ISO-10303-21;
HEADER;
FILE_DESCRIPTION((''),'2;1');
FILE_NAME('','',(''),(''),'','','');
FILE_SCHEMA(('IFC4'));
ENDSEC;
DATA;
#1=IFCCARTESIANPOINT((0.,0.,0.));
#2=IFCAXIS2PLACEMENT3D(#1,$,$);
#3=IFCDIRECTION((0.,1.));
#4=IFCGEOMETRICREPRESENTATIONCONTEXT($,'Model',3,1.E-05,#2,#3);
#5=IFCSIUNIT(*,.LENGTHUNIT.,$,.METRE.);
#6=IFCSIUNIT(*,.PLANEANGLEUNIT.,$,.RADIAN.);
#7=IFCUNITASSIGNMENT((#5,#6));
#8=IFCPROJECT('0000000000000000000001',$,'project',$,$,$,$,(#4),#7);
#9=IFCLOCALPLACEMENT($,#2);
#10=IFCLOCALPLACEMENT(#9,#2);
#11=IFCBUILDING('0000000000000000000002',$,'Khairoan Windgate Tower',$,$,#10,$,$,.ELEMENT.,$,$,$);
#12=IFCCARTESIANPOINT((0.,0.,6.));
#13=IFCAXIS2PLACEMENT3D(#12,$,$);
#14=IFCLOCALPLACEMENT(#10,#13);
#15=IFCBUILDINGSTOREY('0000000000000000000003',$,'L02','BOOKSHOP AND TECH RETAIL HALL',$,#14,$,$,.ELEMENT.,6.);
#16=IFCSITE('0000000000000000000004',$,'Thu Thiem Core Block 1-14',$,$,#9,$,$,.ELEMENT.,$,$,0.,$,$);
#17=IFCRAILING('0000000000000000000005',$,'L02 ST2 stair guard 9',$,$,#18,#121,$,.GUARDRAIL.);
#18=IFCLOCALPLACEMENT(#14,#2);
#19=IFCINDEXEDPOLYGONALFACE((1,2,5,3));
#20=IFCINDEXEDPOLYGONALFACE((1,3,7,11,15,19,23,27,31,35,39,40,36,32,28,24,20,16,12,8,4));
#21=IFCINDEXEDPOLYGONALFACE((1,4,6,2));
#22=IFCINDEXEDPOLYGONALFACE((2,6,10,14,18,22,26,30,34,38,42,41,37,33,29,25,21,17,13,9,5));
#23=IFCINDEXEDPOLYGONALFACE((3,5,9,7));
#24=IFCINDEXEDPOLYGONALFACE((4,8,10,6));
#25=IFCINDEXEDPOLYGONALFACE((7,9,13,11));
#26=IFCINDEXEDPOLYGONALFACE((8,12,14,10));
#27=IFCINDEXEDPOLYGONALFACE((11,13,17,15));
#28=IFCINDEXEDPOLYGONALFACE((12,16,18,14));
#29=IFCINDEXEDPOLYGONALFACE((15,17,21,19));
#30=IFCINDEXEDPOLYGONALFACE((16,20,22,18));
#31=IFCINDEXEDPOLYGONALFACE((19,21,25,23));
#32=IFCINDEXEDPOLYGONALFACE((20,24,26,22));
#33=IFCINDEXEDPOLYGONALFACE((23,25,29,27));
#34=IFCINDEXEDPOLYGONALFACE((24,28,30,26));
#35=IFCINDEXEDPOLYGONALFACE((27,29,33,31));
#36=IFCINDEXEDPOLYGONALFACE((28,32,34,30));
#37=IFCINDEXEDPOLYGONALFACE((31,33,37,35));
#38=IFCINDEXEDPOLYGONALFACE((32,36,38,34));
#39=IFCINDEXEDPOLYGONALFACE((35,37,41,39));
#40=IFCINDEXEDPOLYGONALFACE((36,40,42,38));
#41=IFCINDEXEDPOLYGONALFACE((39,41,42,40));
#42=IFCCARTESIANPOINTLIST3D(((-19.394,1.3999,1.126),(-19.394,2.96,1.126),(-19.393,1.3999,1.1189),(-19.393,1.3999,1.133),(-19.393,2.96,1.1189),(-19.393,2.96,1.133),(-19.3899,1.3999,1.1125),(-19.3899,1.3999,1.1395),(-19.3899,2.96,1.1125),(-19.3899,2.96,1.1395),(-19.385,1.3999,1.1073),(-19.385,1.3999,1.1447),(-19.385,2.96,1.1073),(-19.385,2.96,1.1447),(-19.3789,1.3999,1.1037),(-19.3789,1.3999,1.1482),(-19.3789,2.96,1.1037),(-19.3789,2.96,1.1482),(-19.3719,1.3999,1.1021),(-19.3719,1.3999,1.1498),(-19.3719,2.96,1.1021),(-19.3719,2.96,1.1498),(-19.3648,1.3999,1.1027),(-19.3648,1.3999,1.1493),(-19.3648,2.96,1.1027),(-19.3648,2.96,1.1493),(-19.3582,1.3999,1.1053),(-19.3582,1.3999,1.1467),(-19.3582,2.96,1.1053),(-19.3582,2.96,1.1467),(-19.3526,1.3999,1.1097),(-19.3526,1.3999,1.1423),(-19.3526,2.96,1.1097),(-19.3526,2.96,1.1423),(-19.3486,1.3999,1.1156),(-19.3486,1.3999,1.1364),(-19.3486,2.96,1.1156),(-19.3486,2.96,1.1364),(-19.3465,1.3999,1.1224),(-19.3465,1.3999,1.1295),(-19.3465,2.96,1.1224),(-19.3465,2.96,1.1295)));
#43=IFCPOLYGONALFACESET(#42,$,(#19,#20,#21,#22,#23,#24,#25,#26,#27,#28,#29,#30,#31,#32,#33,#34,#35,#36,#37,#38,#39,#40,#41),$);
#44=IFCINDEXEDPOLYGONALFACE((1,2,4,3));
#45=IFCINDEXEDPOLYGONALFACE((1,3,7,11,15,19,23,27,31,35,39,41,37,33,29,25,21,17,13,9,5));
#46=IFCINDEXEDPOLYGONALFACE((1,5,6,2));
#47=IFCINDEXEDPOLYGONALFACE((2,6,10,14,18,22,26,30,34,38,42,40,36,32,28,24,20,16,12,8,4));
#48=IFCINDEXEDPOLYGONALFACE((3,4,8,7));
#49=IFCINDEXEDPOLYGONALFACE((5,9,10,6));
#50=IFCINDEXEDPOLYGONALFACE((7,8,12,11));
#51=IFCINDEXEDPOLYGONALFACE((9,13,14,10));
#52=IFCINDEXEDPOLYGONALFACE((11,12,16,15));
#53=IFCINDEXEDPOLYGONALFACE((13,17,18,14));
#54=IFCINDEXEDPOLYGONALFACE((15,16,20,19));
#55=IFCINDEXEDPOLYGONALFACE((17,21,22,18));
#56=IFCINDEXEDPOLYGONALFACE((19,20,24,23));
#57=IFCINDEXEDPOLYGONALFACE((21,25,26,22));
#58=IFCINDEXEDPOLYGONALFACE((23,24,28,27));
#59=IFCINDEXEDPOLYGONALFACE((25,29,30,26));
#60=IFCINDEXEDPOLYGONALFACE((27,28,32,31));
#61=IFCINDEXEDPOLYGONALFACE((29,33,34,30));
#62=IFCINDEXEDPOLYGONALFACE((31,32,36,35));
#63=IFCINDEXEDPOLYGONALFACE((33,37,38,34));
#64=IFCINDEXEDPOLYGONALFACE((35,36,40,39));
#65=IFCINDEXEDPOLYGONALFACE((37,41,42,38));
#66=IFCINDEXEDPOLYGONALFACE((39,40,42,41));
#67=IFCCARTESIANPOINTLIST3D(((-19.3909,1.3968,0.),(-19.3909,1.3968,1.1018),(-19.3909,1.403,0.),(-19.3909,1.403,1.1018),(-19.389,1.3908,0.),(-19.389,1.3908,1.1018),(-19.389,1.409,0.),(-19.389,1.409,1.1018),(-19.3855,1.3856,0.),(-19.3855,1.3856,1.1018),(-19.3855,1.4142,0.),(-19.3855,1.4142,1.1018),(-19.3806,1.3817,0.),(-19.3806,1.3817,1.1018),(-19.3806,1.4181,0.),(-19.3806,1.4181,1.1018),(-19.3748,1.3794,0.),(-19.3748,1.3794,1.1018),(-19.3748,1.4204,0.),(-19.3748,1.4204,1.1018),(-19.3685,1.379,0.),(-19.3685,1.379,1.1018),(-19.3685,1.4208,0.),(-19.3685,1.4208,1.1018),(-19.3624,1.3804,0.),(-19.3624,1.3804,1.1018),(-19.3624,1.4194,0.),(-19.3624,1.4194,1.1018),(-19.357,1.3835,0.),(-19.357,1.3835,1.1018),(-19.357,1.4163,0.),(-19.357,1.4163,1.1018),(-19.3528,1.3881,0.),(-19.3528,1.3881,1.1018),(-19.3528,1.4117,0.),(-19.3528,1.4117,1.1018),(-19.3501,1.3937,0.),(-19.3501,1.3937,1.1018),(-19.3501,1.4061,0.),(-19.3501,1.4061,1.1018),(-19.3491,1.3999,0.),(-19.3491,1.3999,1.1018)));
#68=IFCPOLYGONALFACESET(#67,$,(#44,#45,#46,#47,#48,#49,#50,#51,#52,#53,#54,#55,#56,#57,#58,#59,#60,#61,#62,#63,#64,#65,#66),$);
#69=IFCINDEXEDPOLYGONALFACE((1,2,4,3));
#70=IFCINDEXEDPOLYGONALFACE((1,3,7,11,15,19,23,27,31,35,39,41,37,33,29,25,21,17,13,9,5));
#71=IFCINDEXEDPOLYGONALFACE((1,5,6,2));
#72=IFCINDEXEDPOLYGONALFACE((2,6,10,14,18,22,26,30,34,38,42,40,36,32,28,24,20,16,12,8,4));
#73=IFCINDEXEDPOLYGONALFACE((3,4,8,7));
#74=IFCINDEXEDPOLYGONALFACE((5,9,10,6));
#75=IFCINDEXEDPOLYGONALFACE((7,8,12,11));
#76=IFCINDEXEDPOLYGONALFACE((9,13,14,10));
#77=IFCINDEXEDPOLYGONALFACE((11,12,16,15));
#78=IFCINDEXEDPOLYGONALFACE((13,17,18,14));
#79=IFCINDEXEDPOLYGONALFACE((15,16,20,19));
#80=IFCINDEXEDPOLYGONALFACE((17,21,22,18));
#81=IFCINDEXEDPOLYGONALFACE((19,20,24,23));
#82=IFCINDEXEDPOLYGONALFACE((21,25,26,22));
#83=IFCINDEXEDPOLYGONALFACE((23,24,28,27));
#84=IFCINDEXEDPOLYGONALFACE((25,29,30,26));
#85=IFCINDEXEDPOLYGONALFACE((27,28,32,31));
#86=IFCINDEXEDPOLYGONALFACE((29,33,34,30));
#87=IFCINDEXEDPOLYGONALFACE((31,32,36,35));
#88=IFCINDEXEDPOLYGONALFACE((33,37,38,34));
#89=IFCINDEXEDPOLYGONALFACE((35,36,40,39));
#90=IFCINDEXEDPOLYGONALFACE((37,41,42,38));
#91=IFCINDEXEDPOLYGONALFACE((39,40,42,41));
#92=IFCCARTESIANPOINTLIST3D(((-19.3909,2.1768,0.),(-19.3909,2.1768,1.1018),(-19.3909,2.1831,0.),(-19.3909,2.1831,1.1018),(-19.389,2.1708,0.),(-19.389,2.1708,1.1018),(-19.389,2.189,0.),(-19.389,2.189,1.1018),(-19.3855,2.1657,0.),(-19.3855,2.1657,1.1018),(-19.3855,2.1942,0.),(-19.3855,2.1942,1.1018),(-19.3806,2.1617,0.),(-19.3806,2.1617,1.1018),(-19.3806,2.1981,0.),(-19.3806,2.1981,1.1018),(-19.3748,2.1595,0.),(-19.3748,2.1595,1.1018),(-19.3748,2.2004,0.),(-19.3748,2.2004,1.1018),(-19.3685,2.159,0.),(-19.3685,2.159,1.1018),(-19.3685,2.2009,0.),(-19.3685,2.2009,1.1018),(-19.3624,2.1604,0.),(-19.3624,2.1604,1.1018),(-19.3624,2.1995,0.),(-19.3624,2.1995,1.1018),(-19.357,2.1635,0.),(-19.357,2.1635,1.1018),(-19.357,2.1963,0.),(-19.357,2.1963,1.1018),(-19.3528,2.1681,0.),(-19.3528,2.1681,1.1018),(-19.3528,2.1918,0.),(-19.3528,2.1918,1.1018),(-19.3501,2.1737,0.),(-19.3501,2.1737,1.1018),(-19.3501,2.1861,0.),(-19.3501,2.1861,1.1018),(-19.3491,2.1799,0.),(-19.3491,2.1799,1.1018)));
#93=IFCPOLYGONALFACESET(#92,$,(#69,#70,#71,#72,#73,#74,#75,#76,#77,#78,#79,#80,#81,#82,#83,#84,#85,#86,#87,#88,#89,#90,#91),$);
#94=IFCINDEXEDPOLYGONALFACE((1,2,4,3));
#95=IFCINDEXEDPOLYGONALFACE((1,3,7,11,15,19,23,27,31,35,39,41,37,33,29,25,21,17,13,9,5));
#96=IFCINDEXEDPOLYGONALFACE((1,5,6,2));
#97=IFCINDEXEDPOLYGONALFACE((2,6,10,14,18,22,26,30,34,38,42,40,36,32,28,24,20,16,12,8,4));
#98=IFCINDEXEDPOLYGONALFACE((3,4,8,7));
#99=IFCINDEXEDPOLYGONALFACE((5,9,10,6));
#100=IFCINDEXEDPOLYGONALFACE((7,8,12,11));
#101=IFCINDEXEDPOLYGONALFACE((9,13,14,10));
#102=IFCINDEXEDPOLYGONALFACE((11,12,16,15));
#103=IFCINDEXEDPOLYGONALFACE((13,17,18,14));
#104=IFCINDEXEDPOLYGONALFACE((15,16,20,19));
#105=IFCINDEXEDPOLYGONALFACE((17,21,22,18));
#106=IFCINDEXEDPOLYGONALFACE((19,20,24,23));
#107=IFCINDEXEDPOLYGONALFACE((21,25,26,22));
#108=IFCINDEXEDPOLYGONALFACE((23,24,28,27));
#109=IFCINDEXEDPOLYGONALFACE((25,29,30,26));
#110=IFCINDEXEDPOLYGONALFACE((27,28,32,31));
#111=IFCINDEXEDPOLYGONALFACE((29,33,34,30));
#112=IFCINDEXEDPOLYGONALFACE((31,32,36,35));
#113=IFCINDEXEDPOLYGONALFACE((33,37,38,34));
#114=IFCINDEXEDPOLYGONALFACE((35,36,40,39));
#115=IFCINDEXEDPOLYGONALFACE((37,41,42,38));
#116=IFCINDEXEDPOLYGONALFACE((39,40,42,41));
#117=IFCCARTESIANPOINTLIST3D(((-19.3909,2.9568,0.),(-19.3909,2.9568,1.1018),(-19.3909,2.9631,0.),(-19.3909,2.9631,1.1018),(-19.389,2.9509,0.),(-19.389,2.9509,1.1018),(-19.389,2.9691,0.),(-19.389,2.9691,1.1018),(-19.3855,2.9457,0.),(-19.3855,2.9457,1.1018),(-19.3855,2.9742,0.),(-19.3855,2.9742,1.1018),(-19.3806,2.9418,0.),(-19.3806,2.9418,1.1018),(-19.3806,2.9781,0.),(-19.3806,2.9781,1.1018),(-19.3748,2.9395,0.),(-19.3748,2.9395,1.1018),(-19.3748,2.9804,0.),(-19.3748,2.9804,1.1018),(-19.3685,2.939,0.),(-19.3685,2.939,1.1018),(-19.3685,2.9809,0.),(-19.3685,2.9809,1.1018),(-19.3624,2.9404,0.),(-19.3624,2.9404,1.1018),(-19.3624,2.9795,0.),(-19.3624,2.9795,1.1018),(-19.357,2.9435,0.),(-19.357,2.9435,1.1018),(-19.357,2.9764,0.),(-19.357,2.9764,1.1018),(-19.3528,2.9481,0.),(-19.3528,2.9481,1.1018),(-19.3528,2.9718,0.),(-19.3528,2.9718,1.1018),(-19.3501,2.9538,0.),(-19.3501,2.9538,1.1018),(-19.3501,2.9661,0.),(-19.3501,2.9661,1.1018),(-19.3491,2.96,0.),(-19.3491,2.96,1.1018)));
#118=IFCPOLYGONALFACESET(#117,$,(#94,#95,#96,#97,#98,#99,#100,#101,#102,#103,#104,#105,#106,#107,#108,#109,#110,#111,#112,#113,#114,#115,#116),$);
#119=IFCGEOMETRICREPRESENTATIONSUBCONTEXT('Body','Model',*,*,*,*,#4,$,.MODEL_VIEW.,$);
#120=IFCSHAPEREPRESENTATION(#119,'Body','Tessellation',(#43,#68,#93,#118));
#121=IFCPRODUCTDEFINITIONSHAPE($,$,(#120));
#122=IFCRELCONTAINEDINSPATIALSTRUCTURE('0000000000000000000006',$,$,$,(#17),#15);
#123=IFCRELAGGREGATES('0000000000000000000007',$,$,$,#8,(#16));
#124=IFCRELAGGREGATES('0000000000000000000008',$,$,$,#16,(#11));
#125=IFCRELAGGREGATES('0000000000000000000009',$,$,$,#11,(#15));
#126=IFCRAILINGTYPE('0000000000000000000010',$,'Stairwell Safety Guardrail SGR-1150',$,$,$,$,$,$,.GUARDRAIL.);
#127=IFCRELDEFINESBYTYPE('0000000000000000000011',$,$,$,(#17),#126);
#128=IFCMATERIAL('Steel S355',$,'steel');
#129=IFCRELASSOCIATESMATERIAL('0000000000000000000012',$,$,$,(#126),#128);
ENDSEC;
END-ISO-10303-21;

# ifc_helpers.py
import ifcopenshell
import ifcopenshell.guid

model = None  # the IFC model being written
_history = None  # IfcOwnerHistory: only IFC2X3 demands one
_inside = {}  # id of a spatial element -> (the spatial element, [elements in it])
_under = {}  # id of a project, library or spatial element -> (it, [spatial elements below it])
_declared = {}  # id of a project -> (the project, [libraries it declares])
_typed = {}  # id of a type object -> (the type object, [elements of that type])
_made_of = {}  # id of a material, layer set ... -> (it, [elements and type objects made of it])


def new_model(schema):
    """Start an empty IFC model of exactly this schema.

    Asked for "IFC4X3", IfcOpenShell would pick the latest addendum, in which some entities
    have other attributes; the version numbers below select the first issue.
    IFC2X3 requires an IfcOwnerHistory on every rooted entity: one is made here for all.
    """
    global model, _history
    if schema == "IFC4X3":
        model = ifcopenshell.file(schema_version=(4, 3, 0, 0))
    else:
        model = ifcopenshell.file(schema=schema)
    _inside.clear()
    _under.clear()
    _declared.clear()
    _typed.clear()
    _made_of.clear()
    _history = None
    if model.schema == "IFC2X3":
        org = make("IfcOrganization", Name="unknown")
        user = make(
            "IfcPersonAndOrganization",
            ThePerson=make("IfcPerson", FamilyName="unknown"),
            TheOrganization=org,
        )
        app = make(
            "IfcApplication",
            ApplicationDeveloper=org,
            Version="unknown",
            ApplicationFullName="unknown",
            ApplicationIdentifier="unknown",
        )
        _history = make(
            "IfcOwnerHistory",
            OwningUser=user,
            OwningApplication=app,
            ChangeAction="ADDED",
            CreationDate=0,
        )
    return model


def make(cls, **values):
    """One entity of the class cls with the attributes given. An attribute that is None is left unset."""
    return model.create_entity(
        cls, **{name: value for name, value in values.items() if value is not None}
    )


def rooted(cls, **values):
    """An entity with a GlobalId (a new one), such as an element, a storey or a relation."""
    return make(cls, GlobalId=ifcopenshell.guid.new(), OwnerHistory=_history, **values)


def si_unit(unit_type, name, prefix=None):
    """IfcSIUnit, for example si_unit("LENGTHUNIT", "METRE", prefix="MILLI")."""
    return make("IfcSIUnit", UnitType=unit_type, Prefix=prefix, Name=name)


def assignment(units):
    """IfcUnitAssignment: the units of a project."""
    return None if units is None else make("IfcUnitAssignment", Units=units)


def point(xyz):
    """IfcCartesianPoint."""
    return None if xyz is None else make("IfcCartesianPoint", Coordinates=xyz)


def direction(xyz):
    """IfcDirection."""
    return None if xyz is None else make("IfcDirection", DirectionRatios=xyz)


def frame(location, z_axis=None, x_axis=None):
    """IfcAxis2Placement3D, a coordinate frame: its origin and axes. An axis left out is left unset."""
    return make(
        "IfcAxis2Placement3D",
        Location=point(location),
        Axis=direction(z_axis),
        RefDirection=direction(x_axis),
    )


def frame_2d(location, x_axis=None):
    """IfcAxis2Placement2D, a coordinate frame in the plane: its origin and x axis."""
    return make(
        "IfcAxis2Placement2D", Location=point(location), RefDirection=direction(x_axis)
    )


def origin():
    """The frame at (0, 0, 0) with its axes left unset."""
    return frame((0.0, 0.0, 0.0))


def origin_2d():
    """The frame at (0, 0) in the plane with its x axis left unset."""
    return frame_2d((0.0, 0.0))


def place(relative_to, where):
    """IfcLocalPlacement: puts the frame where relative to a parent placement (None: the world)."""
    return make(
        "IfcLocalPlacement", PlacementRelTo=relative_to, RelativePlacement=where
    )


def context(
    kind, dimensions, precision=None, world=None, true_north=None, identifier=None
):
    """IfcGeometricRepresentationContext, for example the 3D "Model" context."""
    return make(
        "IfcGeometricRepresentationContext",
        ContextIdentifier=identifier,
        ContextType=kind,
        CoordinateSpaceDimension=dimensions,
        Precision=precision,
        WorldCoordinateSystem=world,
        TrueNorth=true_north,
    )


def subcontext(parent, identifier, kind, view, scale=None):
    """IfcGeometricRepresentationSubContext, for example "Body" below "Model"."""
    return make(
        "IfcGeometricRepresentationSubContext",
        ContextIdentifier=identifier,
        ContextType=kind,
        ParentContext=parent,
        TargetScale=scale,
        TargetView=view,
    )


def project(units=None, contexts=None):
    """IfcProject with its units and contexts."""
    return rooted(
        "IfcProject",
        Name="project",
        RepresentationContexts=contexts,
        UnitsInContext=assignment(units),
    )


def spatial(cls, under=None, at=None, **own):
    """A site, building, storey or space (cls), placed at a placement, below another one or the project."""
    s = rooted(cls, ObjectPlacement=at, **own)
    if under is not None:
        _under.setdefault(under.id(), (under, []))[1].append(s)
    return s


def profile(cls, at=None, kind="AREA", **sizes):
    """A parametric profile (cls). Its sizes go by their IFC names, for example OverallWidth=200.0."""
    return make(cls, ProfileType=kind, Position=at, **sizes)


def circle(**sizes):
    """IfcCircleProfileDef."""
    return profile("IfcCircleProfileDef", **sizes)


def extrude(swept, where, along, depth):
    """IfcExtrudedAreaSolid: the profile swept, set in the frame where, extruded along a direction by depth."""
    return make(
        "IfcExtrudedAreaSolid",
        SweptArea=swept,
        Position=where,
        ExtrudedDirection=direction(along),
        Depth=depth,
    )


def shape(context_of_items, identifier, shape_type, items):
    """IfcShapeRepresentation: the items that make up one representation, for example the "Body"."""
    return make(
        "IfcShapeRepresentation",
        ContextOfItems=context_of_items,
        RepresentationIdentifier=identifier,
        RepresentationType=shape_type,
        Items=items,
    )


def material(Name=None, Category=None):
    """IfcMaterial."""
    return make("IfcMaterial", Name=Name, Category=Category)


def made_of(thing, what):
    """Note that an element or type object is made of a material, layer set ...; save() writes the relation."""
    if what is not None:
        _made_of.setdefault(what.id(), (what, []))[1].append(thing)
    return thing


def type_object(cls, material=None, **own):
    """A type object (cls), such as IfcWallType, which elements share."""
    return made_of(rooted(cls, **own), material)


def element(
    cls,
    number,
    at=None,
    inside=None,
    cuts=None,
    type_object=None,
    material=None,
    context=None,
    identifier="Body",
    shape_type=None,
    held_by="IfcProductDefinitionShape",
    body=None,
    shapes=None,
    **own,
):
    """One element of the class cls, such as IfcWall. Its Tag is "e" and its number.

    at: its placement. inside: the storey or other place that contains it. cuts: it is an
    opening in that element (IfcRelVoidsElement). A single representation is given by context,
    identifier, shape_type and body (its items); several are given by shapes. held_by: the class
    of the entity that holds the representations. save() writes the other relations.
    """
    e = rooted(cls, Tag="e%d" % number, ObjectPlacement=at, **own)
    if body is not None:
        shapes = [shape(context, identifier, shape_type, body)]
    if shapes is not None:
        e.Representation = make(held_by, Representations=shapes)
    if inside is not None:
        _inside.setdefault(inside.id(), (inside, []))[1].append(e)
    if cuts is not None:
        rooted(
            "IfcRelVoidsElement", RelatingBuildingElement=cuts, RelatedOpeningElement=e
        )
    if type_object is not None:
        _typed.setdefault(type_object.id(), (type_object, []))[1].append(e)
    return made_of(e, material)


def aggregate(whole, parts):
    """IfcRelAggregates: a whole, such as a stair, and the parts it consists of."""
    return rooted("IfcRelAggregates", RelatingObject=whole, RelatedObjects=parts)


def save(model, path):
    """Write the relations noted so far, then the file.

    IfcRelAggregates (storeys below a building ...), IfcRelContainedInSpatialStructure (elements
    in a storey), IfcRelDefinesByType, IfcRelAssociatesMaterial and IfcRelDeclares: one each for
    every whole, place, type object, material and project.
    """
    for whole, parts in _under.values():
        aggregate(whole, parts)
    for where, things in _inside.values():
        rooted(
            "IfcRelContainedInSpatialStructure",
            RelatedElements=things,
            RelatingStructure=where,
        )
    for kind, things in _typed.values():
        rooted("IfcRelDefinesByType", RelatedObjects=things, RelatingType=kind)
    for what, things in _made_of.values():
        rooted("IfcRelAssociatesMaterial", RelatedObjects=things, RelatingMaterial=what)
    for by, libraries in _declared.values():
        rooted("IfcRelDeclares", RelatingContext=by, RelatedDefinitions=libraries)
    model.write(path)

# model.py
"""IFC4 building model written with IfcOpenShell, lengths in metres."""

from ifc_helpers import new_model, si_unit, direction, frame, origin, origin_2d, place, context, subcontext, project, spatial, circle, extrude, material, type_object, element, save


model = new_model("IFC4")

# Units and contexts
model_context = context("Model", 3, precision=1e-05, world=origin(), true_north=direction((0.0, 1.0)))
body_context = subcontext(model_context, "Body", "Model", "MODEL_VIEW")
ifc_project = project(units=[si_unit("LENGTHUNIT", "METRE"), si_unit("PLANEANGLEUNIT", "RADIAN")], contexts=[model_context])

# Site, building, storey
site_placement = place(None, origin())
site = spatial("IfcSite", under=ifc_project, at=site_placement, Name="Thu Thiem Core Block 1-14", CompositionType="ELEMENT", RefElevation=0.0)
building_placement = place(site_placement, origin())
building = spatial("IfcBuilding", under=site, at=building_placement, Name="Khairoan Windgate Tower", CompositionType="ELEMENT")
storey_placement = place(building_placement, frame((0.0, 0.0, 6.0)))
storey = spatial("IfcBuildingStorey", under=building, at=storey_placement, Name="L02", Description="BOOKSHOP AND TECH RETAIL HALL", CompositionType="ELEMENT", Elevation=6.0)

# Railing
ifc_material_1 = material(Name="Steel S355", Category="steel")
railing_type_1 = type_object("IfcRailingType", Name="Stairwell Safety Guardrail SGR-1150", PredefinedType="GUARDRAIL", material=ifc_material_1)
for number, where, name in (
    (1, (-19.3701, 1.3999, 0.0), "L02 ST2 stair guard 9"),
):
    element("IfcRailing", number, at=place(storey_placement, frame(where)), inside=storey, type_object=railing_type_1, Name=name, PredefinedType="GUARDRAIL", context=body_context, shape_type="SweptSolid", body=[
        extrude(circle(Radius=0.0239, at=origin_2d()), frame((0.0, 0.0, 1.126), z_axis=(0.0, 1.0, 0.0), x_axis=(-1.0, 0.0, 0.0)), (0.0, 0.0, 1.0), 1.5601),
        extrude(circle(Radius=0.021, at=origin_2d()), origin(), (0.0, 0.0, 1.0), 1.1018),
        extrude(circle(Radius=0.021, at=origin_2d()), frame((0.0, 0.78, 0.0)), (0.0, 0.0, 1.0), 1.1018),
        extrude(circle(Radius=0.021, at=origin_2d()), frame((0.0, 1.5601, 0.0)), (0.0, 0.0, 1.0), 1.1018),
    ])

save(model, "model.ifc")
